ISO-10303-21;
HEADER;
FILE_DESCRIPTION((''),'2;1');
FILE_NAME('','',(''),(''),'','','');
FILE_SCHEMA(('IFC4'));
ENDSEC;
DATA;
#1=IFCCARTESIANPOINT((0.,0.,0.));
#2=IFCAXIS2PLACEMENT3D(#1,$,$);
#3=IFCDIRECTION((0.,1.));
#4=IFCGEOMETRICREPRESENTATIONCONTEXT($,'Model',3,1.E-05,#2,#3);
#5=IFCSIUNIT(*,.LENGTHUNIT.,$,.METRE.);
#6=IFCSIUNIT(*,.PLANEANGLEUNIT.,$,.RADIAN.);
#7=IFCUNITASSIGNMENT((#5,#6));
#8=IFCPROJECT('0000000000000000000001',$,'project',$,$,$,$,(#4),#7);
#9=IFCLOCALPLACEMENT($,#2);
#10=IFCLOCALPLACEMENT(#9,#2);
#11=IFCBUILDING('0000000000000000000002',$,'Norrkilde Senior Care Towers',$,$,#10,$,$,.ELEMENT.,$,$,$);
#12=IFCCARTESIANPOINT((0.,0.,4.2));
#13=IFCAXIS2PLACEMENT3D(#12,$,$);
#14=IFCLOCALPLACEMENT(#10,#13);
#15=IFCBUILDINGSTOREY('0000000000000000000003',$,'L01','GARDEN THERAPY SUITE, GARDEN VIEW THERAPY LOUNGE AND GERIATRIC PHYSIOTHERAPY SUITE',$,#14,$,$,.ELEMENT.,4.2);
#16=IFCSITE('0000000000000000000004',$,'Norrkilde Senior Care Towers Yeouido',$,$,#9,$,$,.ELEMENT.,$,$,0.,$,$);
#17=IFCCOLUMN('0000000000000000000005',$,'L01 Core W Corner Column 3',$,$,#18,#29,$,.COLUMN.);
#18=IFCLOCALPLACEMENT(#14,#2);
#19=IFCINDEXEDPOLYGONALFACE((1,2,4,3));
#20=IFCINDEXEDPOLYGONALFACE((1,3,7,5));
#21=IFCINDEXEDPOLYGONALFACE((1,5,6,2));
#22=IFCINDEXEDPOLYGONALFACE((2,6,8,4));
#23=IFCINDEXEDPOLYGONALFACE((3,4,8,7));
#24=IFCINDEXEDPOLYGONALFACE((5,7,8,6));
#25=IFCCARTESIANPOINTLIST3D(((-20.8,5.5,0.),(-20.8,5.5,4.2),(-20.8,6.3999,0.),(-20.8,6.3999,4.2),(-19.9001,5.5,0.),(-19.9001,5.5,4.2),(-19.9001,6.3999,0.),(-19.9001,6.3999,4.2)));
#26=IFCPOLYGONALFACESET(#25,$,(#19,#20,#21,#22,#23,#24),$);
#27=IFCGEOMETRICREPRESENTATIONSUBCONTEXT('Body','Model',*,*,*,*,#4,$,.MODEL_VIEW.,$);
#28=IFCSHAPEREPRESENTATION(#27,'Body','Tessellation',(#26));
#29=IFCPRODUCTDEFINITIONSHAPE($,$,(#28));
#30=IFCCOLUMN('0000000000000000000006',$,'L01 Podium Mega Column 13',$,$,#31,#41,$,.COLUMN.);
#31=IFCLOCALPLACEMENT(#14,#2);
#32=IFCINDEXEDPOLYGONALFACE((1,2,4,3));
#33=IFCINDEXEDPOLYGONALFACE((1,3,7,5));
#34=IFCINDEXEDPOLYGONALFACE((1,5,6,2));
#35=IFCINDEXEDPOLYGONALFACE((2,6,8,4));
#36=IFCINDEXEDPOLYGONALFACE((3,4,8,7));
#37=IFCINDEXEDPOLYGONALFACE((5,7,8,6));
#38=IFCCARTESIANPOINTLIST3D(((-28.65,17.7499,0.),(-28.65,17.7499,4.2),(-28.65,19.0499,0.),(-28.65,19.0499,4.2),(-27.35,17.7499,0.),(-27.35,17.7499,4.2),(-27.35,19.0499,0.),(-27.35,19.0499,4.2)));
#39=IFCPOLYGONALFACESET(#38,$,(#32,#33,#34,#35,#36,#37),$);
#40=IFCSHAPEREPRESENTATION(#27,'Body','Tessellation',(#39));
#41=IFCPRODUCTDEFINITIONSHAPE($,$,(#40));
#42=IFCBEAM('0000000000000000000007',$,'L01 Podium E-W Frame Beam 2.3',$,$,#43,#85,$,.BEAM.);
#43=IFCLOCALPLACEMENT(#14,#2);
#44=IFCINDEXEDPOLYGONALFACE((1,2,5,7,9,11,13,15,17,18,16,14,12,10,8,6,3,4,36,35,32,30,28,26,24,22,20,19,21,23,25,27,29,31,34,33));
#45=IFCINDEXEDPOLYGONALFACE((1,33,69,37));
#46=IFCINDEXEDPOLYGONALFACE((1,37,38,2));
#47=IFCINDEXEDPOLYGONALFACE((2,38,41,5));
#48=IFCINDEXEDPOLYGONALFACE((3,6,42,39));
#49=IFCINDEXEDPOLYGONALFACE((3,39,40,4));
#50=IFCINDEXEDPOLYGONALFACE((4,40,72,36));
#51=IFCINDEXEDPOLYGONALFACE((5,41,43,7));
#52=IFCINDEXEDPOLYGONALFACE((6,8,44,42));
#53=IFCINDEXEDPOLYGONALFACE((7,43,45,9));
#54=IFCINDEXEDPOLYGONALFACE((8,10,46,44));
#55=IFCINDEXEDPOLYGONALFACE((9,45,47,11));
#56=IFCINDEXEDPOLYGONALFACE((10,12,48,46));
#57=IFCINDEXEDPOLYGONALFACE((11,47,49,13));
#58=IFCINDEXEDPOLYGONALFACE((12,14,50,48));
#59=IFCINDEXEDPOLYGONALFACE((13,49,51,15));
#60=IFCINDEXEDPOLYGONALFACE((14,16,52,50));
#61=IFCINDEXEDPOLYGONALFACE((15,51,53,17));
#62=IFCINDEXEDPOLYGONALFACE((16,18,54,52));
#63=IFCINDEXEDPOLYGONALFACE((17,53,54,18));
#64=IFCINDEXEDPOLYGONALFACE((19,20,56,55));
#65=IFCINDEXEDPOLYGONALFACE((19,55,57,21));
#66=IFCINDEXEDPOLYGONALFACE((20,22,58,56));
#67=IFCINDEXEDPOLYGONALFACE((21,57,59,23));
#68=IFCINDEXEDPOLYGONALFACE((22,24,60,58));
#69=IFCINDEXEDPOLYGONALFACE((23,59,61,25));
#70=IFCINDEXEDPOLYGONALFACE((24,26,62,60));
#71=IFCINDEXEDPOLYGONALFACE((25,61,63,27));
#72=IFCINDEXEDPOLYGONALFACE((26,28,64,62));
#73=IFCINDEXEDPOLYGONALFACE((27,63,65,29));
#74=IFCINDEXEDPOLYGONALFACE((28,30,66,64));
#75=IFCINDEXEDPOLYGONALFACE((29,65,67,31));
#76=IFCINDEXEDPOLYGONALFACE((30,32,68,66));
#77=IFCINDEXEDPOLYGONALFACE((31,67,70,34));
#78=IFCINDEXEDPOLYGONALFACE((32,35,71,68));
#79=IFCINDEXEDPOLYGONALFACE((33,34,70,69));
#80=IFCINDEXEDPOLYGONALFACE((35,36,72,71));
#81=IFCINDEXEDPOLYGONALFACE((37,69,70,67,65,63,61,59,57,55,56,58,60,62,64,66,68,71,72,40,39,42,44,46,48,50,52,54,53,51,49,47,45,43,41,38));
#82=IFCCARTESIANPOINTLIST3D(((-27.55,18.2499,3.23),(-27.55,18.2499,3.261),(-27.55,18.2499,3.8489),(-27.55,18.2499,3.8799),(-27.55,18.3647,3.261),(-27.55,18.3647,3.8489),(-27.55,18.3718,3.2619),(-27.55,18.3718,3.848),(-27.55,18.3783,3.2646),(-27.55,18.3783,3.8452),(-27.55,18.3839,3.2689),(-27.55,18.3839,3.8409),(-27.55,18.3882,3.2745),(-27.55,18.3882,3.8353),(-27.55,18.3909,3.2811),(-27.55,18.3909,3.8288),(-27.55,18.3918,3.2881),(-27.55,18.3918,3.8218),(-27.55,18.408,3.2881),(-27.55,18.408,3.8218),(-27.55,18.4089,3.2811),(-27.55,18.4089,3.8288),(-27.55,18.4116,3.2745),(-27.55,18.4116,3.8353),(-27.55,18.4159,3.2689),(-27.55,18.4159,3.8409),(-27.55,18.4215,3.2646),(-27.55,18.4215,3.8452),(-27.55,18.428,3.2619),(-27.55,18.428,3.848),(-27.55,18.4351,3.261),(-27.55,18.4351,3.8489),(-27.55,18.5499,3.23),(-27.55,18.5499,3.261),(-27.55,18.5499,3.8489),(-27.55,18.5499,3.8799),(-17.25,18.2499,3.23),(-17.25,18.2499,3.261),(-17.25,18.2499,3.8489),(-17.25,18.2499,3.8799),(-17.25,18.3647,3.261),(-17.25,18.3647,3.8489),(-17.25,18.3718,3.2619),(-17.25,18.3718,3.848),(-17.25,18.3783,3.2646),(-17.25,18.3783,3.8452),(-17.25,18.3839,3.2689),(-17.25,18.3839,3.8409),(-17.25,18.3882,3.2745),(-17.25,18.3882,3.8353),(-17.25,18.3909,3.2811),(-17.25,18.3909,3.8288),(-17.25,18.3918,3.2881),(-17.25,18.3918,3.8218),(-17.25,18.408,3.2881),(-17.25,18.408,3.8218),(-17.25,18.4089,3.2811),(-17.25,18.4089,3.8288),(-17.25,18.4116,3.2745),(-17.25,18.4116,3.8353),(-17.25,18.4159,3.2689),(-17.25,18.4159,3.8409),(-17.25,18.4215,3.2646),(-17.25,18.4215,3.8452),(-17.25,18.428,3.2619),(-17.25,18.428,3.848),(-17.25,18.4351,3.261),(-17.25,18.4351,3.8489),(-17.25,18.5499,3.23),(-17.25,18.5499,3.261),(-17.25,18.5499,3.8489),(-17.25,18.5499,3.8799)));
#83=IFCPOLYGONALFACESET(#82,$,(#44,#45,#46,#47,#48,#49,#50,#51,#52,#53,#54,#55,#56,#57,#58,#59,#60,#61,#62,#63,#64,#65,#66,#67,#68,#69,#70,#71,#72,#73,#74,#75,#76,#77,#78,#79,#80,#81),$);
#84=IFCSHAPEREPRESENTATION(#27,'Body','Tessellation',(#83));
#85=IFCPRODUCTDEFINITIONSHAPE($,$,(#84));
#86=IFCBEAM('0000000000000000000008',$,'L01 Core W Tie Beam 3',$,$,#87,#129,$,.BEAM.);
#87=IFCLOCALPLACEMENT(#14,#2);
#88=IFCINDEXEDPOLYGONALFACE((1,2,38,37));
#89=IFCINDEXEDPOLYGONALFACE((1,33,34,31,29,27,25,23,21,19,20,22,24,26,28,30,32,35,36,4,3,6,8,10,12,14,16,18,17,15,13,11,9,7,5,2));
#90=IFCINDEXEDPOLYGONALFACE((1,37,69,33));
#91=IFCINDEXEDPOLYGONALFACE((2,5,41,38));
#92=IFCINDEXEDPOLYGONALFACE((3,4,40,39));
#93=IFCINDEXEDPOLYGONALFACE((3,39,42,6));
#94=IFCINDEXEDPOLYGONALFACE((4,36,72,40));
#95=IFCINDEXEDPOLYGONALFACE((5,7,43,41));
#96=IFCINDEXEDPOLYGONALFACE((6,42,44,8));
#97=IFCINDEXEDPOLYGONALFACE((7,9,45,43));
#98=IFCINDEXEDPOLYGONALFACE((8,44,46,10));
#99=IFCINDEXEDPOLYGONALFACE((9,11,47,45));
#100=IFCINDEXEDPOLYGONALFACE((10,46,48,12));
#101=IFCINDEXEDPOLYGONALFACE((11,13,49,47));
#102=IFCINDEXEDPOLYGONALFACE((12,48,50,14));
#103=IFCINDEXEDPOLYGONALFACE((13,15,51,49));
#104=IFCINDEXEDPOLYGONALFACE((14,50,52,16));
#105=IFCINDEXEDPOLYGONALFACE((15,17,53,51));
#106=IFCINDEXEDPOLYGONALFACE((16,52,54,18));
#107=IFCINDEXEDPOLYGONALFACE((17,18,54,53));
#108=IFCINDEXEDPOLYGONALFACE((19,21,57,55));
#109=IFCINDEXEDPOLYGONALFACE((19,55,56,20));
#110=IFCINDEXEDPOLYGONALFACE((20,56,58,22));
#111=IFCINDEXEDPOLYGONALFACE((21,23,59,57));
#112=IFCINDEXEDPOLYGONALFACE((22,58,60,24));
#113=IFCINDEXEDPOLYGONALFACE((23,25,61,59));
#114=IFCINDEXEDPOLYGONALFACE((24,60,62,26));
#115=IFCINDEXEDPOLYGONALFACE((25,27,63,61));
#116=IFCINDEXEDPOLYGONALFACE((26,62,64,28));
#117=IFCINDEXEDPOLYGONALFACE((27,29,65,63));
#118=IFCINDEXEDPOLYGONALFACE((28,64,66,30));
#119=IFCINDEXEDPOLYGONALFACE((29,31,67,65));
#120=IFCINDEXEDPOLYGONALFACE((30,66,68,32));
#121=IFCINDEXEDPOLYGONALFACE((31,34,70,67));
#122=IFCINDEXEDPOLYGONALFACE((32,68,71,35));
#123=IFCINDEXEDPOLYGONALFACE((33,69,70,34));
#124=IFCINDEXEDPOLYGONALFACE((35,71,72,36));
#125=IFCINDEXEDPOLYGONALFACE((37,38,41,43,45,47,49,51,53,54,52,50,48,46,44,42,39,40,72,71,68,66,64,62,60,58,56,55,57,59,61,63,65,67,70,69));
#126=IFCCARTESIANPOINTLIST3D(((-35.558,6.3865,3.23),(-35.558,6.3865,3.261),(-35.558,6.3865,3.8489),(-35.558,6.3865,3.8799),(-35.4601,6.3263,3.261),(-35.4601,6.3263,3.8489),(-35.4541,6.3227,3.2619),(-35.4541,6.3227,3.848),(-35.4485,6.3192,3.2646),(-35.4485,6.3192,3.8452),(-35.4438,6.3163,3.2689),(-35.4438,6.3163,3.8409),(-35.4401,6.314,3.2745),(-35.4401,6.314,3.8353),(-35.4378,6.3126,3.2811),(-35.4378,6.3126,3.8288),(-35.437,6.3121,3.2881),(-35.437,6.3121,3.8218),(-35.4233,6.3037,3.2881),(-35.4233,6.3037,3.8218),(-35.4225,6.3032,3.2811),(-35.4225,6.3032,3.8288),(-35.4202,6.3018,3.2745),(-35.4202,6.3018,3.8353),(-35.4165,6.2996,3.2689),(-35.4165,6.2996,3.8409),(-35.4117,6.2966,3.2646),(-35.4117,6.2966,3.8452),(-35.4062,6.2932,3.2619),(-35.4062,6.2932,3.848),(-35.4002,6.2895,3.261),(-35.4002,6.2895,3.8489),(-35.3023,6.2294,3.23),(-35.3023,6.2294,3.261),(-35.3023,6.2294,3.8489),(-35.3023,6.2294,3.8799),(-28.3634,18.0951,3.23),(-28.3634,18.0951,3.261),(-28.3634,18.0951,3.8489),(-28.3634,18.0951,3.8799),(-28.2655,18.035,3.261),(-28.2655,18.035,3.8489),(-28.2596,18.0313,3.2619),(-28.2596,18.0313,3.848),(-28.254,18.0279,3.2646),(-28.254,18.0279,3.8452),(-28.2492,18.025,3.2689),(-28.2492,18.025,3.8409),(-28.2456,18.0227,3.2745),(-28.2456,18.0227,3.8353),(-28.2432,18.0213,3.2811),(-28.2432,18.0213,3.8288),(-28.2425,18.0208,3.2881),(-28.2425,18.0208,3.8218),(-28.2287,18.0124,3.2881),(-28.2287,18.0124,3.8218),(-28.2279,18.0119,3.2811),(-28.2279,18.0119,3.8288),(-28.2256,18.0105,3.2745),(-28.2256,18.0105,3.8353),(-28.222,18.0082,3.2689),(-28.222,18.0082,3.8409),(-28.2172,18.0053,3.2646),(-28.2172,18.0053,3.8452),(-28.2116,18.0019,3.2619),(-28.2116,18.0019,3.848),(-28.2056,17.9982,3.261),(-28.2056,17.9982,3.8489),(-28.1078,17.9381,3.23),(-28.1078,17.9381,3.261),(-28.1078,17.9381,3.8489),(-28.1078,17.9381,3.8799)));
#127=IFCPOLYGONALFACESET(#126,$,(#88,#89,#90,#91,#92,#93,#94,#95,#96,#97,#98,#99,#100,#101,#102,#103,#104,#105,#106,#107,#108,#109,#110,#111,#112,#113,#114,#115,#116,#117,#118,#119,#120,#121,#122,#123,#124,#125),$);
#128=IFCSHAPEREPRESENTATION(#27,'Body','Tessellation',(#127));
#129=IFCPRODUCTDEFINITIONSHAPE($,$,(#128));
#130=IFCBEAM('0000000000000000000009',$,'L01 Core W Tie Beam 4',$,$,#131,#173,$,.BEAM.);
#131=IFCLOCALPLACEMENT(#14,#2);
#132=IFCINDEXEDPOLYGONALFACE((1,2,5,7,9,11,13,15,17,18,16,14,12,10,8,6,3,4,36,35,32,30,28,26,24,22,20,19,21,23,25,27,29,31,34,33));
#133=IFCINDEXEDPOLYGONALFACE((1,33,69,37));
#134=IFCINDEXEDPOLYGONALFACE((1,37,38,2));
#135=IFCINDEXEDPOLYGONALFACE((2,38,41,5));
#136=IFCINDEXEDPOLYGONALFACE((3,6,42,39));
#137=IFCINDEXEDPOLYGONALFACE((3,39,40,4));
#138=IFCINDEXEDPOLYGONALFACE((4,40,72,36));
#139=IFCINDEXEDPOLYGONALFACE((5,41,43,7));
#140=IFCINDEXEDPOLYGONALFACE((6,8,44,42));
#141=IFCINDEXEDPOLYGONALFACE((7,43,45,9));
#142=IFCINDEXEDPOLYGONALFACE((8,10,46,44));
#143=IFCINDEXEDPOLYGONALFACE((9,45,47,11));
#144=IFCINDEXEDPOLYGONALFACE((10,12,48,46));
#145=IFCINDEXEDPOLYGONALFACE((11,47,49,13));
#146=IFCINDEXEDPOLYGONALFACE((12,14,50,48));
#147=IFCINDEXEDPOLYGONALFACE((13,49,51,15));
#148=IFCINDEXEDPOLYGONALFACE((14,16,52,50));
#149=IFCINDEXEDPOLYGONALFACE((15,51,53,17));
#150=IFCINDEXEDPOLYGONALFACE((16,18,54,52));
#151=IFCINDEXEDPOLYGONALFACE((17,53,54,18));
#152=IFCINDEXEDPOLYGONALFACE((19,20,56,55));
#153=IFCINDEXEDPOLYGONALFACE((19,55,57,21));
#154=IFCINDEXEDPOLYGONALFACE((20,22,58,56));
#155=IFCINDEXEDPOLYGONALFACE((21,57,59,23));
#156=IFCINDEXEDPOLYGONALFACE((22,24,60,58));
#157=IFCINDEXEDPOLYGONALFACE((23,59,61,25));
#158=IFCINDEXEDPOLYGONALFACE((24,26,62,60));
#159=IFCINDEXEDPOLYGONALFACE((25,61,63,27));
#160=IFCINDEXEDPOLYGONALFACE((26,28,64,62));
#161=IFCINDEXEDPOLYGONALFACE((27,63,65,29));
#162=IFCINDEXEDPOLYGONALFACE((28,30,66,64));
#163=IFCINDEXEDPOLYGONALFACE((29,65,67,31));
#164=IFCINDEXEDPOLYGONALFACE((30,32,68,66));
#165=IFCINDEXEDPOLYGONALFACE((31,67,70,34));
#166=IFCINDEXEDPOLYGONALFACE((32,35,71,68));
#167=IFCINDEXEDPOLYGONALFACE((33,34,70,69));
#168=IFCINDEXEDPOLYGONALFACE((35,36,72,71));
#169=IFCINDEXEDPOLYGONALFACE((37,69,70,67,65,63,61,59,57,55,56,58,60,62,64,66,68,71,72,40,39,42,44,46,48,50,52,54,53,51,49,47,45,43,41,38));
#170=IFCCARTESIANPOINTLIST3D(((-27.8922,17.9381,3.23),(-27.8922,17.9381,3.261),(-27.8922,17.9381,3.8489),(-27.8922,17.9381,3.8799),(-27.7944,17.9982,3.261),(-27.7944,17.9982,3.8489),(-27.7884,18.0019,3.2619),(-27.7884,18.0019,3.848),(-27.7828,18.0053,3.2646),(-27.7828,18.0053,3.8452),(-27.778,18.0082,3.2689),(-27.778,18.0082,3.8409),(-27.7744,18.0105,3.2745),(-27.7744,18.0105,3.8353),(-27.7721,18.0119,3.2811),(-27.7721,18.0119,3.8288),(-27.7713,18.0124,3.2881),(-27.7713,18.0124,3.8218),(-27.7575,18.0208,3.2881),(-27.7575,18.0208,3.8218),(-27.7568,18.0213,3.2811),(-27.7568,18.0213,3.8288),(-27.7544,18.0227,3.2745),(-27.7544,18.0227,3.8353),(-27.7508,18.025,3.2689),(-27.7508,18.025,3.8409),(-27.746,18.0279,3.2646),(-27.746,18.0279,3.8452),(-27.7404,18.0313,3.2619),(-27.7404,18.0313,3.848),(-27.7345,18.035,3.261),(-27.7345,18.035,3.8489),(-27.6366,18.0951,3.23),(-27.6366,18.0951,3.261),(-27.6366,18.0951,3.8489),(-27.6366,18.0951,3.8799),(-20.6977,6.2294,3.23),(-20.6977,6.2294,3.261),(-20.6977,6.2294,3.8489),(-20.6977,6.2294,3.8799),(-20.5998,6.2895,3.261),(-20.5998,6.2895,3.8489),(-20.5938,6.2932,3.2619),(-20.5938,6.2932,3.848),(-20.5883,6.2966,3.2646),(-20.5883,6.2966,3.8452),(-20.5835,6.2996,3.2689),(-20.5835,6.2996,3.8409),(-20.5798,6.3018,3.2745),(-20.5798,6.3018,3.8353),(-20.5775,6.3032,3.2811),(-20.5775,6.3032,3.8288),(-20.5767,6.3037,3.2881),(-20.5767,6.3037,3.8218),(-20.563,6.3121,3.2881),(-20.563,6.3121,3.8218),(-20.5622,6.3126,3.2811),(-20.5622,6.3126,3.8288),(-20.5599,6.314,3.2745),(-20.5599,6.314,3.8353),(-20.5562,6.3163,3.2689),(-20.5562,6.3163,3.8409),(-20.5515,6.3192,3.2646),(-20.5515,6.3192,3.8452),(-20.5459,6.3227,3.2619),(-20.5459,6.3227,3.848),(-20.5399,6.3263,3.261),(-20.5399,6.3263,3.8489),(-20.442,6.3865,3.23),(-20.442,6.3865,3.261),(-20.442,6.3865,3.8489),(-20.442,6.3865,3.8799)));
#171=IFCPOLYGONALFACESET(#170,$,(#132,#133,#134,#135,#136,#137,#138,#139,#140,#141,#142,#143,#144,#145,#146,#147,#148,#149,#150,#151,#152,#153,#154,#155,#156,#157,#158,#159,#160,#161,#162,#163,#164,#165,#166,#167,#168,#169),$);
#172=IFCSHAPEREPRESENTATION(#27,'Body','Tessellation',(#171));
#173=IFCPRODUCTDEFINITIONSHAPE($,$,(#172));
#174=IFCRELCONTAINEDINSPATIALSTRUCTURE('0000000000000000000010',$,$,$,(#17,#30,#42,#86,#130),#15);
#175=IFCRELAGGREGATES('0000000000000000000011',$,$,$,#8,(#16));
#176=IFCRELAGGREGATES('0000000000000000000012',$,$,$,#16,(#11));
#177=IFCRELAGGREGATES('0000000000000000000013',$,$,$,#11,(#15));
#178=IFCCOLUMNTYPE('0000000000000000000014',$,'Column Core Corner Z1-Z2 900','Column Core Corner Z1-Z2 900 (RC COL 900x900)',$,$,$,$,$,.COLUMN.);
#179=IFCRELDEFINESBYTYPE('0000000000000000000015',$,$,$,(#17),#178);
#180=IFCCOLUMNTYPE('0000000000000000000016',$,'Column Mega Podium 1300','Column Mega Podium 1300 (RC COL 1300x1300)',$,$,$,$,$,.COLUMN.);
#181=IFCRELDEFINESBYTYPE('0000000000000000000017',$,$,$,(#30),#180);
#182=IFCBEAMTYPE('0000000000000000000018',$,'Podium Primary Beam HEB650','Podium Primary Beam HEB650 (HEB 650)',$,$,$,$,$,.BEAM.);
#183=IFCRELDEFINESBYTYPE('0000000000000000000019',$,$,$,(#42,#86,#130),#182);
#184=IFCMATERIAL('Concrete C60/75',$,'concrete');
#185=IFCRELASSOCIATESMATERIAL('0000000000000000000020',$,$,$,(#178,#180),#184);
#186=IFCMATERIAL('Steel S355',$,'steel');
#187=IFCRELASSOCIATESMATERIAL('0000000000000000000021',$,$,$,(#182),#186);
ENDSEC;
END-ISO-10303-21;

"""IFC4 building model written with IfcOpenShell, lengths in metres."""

from ifc_helpers import new_model, si_unit, direction, frame, origin, origin_2d, place, context, subcontext, project, spatial, rectangle, i_section, extrude, source, transform, mapped, material, material_profile, profile_set, type_object, type_shapes, element, save


model = new_model("IFC4")

# Units and contexts
model_context = context("Model", 3, precision=1e-05, world=origin(), true_north=direction((0.0, 1.0)))
body_context = subcontext(model_context, "Body", "Model", "MODEL_VIEW")
ifc_project = project(units=[si_unit("LENGTHUNIT", "METRE"), si_unit("PLANEANGLEUNIT", "RADIAN")], contexts=[model_context])

# Site, building, storey
site_placement = place(None, origin())
site = spatial("IfcSite", under=ifc_project, at=site_placement, Name="Norrkilde Senior Care Towers Yeouido", CompositionType="ELEMENT", RefElevation=0.0)
building_placement = place(site_placement, origin())
building = spatial("IfcBuilding", under=site, at=building_placement, Name="Norrkilde Senior Care Towers", CompositionType="ELEMENT")
storey_placement = place(building_placement, frame((0.0, 0.0, 4.2)))
storey = spatial("IfcBuildingStorey", under=building, at=storey_placement, Name="L01", Description="GARDEN THERAPY SUITE, GARDEN VIEW THERAPY LOUNGE AND GERIATRIC PHYSIOTHERAPY SUITE", CompositionType="ELEMENT", Elevation=4.2)

# Columns
ifc_material_1 = material(Name="Concrete C60/75", Category="concrete")
ifc_material_profile_1 = material_profile(ifc_material_1, rectangle(XDim=0.8999, YDim=0.8999, at=origin_2d()), Name="RC COL 900x900")
ifc_profile_set_1 = profile_set([ifc_material_profile_1], Name="Concrete C60/75")
column_type_1 = type_object("IfcColumnType", Name="Column Core Corner Z1-Z2 900", Description="Column Core Corner Z1-Z2 900 (RC COL 900x900)", PredefinedType="COLUMN", material=ifc_profile_set_1)
shared_shape_1 = source(origin(), body_context, "Body", "SweptSolid", [
    extrude(rectangle(XDim=0.8999, YDim=0.8999, at=origin_2d()), origin(), (0.0, 0.0, 1.0), 4.2),
])
type_shapes(column_type_1, [shared_shape_1])
column_1_placement = place(storey_placement, frame((-20.3501, 5.95, 0.0), z_axis=(0.0, 0.0, 1.0), x_axis=(1.0, 0.0, 0.0)))
element("IfcColumn", 1, at=column_1_placement, inside=storey, type_object=column_type_1, Name="L01 Core W Corner Column 3", PredefinedType="COLUMN", context=body_context, shape_type="MappedRepresentation", body=[
    mapped(shared_shape_1, transform((0.0, 0.0, 0.0), x_axis=(1.0, 0.0, 0.0), y_axis=(0.0, 1.0, 0.0), z_axis=(0.0, 0.0, 1.0), scale=1.0)),
])
ifc_material_profile_2 = material_profile(ifc_material_1, rectangle(XDim=1.3, YDim=1.3, at=origin_2d()), Name="RC COL 1300x1300")
ifc_profile_set_2 = profile_set([ifc_material_profile_2], Name="Concrete C60/75")
column_type_2 = type_object("IfcColumnType", Name="Column Mega Podium 1300", Description="Column Mega Podium 1300 (RC COL 1300x1300)", PredefinedType="COLUMN", material=ifc_profile_set_2)
shared_shape_2 = source(origin(), body_context, "Body", "SweptSolid", [
    extrude(rectangle(XDim=1.3, YDim=1.3, at=origin_2d()), origin(), (0.0, 0.0, 1.0), 4.2),
])
type_shapes(column_type_2, [shared_shape_2])
column_2_placement = place(storey_placement, frame((-28.0, 18.3999, 0.0), z_axis=(0.0, 0.0, 1.0), x_axis=(1.0, 0.0, 0.0)))
element("IfcColumn", 2, at=column_2_placement, inside=storey, type_object=column_type_2, Name="L01 Podium Mega Column 13", PredefinedType="COLUMN", context=body_context, shape_type="MappedRepresentation", body=[
    mapped(shared_shape_2, transform((0.0, 0.0, 0.0), x_axis=(1.0, 0.0, 0.0), y_axis=(0.0, 1.0, 0.0), z_axis=(0.0, 0.0, 1.0), scale=1.0)),
])

# Beams
ifc_material_2 = material(Name="Steel S355", Category="steel")
ifc_material_profile_3 = material_profile(ifc_material_2, i_section(OverallWidth=0.3, OverallDepth=0.6499, WebThickness=0.0161, FlangeThickness=0.031, FilletRadius=0.0271, at=origin_2d()), Name="HEB 650")
ifc_profile_set_3 = profile_set([ifc_material_profile_3], Name="Steel S355")
beam_type = type_object("IfcBeamType", Name="Podium Primary Beam HEB650", Description="Podium Primary Beam HEB650 (HEB 650)", PredefinedType="BEAM", material=ifc_profile_set_3)
shared_shape_3 = source(origin(), body_context, "Body", "SweptSolid", [
    extrude(i_section(OverallWidth=0.3, OverallDepth=0.6499, WebThickness=0.0161, FlangeThickness=0.031, FilletRadius=0.0271, at=origin_2d()), origin(), (0.0, 0.0, 1.0), 10.3),
])
beam_placement = place(storey_placement, frame((-27.55, 18.3999, 3.5549), z_axis=(1.0, 0.0, 0.0), x_axis=(0.0, 1.0, 0.0)))
element("IfcBeam", 3, at=beam_placement, inside=storey, type_object=beam_type, Name="L01 Podium E-W Frame Beam 2.3", PredefinedType="BEAM", context=body_context, shape_type="MappedRepresentation", body=[
    mapped(shared_shape_3, transform((0.0, 0.0, 0.0), x_axis=(1.0, 0.0, 0.0), y_axis=(0.0, 1.0, 0.0), z_axis=(0.0, 0.0, 1.0), scale=1.0)),
])
shared_shape_4 = source(origin(), body_context, "Body", "SweptSolid", [
    extrude(i_section(OverallWidth=0.3, OverallDepth=0.6499, WebThickness=0.0161, FlangeThickness=0.031, FilletRadius=0.0271, at=origin_2d()), origin(), (0.0, 0.0, 1.0), 13.7424),
])
type_shapes(beam_type, [shared_shape_3, shared_shape_4])
for number, where, z_axis, x_axis, name in (
    (4, (-28.2356, 18.0166, 3.5549), (-0.523527, -0.852009, 0.0), (0.852009, -0.523527, 0.0), "L01 Core W Tie Beam 3"),
    (5, (-27.7644, 18.0166, 3.5549), (0.523527, -0.852009, 0.0), (0.852009, 0.523527, 0.0), "L01 Core W Tie Beam 4"),
):
    element("IfcBeam", number, at=place(storey_placement, frame(where, z_axis=z_axis, x_axis=x_axis)), inside=storey, type_object=beam_type, Name=name, PredefinedType="BEAM", context=body_context, shape_type="MappedRepresentation", body=[
        mapped(shared_shape_4, transform((0.0, 0.0, 0.0), x_axis=(1.0, 0.0, 0.0), y_axis=(0.0, 1.0, 0.0), z_axis=(0.0, 0.0, 1.0), scale=1.0)),
    ])

save(model, "model.ifc")
